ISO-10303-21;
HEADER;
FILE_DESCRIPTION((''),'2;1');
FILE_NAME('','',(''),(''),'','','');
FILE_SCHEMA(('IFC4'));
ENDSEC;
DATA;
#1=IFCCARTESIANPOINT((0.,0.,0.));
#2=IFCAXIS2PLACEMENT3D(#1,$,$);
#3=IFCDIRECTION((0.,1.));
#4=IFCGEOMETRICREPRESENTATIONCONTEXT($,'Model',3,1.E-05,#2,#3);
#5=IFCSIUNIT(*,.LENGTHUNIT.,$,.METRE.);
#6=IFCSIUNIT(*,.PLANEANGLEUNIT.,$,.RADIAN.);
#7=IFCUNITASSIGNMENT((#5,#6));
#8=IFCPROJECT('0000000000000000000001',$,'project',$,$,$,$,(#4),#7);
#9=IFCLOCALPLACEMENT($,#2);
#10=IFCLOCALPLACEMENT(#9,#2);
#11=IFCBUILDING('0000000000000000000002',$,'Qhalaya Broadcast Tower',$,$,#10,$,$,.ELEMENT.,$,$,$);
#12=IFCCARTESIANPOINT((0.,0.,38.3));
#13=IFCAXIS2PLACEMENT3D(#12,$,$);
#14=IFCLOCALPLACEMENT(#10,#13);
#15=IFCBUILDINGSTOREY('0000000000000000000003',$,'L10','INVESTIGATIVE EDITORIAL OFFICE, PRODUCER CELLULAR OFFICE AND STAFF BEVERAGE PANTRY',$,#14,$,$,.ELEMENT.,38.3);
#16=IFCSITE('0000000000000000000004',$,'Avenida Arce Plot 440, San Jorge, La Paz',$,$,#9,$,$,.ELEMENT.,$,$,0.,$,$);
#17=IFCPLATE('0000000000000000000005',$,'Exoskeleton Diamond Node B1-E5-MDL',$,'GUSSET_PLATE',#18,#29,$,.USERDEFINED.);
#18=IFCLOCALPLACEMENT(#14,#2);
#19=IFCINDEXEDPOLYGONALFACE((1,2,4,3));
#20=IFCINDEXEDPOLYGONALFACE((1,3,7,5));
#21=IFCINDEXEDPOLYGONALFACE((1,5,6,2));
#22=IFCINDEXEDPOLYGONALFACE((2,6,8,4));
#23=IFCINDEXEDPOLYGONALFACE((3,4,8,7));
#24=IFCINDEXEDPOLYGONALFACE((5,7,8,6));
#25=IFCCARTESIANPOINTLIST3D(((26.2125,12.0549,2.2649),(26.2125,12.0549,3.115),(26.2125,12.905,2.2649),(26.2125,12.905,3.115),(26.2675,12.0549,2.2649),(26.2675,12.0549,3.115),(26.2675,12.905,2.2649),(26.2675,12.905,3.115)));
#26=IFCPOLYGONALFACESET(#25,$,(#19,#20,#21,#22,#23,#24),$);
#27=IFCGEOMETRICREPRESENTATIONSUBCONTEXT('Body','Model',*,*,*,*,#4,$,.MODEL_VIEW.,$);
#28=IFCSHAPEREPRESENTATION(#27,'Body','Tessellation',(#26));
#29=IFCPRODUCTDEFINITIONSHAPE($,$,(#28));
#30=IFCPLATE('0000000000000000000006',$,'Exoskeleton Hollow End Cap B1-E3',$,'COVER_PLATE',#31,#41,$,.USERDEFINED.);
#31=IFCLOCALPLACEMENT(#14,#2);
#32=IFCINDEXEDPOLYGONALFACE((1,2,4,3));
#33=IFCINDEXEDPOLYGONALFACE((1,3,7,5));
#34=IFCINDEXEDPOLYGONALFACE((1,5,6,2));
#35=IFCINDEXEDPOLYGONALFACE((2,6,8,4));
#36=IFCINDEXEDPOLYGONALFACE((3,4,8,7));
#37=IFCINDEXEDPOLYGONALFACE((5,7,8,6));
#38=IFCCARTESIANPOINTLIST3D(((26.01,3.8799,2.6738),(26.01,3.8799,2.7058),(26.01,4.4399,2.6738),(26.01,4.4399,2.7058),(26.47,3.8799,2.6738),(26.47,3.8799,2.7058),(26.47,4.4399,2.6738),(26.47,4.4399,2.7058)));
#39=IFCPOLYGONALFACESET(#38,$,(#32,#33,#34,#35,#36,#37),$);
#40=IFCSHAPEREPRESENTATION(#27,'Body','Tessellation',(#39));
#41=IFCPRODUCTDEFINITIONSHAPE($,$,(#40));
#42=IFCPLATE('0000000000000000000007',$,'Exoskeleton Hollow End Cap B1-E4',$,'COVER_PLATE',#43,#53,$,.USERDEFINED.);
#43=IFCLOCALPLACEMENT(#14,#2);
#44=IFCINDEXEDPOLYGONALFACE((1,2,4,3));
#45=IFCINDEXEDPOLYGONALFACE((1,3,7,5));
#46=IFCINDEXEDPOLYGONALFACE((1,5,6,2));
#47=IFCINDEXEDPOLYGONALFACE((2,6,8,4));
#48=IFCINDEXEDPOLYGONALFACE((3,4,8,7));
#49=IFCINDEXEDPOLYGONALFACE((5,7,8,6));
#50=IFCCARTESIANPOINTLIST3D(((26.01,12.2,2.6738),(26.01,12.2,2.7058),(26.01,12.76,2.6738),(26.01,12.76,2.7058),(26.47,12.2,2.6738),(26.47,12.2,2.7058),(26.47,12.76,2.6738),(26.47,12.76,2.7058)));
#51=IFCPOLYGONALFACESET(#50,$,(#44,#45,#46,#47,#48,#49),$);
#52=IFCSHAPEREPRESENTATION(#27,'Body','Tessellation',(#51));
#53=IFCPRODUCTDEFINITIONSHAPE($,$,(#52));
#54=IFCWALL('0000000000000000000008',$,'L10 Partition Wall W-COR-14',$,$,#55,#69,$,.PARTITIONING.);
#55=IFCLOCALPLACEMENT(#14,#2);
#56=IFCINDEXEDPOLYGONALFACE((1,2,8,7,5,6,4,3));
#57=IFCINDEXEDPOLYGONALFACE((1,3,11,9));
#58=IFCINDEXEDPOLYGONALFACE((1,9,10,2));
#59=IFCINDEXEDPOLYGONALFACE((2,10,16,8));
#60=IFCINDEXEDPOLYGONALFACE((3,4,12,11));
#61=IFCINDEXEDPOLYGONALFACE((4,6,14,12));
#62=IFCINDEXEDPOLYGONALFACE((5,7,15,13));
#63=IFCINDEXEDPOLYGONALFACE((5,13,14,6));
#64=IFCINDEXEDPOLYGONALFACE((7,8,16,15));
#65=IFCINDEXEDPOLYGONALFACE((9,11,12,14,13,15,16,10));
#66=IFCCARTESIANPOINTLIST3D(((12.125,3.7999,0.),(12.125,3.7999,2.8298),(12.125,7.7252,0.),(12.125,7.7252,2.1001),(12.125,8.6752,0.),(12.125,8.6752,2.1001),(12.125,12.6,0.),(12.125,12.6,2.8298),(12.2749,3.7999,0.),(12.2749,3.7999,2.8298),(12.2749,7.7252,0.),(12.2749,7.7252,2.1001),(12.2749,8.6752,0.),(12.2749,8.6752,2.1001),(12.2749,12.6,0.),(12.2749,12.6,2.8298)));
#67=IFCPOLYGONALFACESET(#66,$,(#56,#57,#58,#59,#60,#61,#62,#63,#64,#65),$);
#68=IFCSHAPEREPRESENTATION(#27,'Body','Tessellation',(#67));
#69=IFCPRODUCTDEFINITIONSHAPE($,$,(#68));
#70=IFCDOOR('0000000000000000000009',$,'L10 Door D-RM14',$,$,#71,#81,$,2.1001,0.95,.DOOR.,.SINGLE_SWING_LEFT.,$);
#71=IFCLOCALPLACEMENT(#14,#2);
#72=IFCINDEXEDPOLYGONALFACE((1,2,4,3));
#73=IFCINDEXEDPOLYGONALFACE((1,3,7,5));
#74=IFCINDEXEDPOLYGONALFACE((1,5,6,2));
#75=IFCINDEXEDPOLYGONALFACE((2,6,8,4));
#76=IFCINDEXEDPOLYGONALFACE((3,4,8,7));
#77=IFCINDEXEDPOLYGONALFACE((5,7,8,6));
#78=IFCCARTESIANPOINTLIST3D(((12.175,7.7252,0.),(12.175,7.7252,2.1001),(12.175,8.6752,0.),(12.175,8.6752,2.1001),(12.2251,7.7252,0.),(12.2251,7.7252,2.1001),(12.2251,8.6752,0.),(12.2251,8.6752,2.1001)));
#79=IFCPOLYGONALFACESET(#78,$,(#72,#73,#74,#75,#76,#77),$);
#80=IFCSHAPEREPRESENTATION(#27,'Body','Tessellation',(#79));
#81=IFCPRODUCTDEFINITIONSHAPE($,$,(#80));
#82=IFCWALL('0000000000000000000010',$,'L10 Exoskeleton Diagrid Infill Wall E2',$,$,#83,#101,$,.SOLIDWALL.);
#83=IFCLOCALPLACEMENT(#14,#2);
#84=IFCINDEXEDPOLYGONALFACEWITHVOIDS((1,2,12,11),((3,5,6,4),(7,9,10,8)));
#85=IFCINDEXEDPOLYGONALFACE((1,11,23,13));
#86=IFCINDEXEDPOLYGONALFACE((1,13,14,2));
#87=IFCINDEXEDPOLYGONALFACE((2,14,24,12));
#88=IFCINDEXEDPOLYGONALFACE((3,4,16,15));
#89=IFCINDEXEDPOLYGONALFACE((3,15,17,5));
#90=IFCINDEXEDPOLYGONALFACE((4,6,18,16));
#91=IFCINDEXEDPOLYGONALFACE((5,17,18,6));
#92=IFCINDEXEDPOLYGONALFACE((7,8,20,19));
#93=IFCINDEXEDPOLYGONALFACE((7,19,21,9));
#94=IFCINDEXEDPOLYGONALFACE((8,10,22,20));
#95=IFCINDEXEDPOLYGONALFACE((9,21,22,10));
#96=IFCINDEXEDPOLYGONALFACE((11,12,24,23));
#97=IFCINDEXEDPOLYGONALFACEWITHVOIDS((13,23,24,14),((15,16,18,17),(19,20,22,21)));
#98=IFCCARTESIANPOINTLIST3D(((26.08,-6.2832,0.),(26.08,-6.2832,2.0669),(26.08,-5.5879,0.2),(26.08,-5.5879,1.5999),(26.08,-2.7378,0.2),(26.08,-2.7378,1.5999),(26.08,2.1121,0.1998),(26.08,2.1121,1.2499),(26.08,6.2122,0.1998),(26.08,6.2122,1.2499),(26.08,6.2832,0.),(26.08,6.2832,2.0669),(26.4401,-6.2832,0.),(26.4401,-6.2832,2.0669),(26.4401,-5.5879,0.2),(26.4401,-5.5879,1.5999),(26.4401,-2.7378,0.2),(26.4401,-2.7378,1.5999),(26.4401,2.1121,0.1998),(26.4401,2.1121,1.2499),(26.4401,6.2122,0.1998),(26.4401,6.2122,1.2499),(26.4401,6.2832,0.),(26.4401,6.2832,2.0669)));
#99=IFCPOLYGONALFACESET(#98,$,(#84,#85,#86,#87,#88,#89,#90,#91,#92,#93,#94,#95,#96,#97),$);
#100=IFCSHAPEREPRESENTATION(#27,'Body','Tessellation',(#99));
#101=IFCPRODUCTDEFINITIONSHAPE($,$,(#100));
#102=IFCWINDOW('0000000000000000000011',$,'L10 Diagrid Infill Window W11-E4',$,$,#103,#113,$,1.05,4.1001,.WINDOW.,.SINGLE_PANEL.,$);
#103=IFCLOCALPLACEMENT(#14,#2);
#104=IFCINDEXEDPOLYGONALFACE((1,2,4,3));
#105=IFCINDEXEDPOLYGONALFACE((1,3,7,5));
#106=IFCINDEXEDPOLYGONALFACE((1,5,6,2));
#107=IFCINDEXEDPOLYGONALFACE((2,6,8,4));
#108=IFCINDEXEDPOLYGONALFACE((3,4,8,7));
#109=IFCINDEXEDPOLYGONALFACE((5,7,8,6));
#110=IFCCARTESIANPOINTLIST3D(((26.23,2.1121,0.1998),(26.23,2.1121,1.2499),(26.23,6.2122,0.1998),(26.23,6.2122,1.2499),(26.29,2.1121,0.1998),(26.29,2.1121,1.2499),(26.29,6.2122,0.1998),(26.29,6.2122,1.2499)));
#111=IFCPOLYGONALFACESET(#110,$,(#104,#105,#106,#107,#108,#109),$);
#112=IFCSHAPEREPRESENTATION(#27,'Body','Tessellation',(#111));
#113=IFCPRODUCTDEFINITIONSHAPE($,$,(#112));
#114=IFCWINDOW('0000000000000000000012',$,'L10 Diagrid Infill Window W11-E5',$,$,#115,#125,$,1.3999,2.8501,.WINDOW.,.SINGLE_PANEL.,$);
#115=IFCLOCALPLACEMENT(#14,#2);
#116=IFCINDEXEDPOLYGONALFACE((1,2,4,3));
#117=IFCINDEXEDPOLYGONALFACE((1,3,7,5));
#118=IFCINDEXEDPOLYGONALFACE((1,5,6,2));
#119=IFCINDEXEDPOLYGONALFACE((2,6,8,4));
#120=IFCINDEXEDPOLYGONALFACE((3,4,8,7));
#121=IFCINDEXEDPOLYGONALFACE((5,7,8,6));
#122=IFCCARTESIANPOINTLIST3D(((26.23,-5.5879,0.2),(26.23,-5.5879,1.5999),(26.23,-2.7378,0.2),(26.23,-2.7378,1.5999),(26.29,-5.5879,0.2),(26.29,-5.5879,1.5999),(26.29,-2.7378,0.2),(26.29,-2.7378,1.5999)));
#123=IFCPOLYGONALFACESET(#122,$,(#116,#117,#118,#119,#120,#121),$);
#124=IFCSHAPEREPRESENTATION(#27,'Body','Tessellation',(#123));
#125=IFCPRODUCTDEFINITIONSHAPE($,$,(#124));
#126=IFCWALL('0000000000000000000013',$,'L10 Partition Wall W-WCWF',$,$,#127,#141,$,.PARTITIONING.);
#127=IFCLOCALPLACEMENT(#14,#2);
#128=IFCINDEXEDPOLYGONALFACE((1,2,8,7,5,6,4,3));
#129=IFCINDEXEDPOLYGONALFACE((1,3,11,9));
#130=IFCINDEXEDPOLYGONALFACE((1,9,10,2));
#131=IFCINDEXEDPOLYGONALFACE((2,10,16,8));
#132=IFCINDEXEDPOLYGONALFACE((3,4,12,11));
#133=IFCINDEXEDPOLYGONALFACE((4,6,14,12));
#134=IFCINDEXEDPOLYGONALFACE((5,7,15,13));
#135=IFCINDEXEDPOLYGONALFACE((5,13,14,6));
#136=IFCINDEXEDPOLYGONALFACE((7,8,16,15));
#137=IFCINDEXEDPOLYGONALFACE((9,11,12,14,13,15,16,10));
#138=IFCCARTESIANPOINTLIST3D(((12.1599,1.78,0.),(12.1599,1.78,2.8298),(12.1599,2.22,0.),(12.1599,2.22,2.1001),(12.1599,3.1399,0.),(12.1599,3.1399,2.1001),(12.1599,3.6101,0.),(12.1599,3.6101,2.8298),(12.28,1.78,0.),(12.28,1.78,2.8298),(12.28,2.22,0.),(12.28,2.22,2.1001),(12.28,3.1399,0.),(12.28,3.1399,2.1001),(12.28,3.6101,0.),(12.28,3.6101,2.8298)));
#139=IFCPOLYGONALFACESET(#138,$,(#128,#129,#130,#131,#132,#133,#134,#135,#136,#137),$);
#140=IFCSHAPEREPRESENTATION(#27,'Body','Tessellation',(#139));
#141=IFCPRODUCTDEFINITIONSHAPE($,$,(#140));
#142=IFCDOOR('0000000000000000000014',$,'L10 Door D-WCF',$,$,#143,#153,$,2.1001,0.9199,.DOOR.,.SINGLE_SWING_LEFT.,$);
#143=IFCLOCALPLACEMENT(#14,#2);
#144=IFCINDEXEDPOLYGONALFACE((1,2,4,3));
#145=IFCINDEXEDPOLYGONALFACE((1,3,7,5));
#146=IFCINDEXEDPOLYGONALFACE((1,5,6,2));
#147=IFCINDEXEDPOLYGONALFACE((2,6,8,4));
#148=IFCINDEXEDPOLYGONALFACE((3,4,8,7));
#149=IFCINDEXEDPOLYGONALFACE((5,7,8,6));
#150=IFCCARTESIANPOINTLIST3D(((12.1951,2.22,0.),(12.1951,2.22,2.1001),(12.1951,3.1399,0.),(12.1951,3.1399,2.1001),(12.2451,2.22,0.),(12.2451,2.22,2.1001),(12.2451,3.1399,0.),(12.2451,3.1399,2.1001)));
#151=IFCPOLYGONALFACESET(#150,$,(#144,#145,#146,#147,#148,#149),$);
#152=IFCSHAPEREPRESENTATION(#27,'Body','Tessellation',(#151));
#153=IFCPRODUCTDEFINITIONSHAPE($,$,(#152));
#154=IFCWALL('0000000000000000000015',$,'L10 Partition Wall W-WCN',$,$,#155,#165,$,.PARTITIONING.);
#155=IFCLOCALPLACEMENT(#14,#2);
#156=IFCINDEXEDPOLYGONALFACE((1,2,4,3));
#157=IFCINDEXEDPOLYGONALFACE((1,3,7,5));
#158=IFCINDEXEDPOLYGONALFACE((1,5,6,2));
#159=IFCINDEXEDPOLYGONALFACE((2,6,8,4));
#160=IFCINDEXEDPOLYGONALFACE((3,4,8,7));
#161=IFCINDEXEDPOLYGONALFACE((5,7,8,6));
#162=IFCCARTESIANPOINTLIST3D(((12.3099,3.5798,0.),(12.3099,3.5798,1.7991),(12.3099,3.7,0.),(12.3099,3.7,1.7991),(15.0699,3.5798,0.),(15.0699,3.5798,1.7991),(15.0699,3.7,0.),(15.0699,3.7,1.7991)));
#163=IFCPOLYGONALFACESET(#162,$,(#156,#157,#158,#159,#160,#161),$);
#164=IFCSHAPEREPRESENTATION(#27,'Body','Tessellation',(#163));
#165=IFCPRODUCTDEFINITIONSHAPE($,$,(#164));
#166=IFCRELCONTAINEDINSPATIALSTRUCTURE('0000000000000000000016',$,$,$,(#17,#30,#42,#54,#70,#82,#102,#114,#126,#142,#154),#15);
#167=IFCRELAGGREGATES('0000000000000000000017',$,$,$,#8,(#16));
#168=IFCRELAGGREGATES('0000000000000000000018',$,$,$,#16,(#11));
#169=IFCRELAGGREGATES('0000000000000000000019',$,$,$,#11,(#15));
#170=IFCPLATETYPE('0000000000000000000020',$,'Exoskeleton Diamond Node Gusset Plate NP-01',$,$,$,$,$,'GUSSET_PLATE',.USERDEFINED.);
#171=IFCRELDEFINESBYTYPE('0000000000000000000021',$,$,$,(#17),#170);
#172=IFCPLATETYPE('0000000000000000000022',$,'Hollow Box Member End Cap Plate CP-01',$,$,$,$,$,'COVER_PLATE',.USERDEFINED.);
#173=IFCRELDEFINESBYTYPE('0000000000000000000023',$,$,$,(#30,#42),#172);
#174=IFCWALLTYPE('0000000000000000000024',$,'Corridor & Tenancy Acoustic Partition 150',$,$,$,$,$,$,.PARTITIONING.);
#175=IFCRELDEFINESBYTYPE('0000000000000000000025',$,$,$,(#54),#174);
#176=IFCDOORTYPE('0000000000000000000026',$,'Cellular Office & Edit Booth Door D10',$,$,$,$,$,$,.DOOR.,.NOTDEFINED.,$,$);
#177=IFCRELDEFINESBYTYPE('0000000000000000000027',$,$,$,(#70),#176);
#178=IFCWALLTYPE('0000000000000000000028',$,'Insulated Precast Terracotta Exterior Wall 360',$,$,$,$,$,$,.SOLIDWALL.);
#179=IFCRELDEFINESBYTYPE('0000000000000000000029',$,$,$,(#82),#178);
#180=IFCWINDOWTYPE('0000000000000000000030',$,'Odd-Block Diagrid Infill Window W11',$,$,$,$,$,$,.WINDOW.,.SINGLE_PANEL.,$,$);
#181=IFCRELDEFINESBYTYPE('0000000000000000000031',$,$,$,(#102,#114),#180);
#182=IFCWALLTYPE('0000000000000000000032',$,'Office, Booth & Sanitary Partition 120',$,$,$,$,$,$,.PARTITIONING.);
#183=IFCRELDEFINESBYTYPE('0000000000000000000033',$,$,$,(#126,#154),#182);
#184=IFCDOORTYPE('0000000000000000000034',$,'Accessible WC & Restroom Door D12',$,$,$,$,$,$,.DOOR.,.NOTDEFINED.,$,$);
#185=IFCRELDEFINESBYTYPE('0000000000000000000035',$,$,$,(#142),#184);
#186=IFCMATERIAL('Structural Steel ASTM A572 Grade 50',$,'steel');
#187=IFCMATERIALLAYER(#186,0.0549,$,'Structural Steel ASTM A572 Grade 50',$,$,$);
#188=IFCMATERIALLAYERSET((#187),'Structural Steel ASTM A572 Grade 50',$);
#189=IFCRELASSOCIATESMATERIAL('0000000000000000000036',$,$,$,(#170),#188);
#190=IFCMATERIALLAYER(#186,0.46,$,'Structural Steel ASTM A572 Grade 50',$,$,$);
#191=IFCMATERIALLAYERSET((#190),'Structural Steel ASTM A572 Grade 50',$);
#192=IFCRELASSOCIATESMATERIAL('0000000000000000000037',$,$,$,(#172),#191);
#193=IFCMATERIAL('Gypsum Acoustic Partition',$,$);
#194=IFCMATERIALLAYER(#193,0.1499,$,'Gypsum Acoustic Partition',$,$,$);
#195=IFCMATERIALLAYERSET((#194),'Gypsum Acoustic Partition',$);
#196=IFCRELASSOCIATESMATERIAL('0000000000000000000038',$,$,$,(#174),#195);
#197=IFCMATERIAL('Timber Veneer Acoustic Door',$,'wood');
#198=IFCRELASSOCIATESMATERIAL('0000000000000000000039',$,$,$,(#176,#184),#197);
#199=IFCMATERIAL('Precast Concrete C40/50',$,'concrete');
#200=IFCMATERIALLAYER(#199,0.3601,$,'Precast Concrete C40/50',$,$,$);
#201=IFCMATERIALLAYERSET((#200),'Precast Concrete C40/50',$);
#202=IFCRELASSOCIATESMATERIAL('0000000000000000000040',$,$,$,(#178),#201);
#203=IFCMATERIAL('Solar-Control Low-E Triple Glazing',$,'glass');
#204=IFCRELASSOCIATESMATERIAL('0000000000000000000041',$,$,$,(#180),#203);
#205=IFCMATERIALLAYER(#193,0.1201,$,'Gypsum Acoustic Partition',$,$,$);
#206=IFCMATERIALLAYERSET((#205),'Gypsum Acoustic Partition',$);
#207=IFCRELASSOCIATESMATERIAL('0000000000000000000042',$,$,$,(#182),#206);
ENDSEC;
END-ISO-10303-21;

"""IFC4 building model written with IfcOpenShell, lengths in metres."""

from ifc_helpers import new_model, si_unit, direction, frame, frame_2d, origin, origin_2d, place, context, subcontext, project, spatial, rectangle, extrude, material, layer, layer_set, type_object, element, fill, save


model = new_model("IFC4")

# Units and contexts
model_context = context("Model", 3, precision=1e-05, world=origin(), true_north=direction((0.0, 1.0)))
body_context = subcontext(model_context, "Body", "Model", "MODEL_VIEW")
ifc_project = project(units=[si_unit("LENGTHUNIT", "METRE"), si_unit("PLANEANGLEUNIT", "RADIAN")], contexts=[model_context])

# Site, building, storey
site_placement = place(None, origin())
site = spatial("IfcSite", under=ifc_project, at=site_placement, Name="Avenida Arce Plot 440, San Jorge, La Paz", CompositionType="ELEMENT", RefElevation=0.0)
building_placement = place(site_placement, origin())
building = spatial("IfcBuilding", under=site, at=building_placement, Name="Qhalaya Broadcast Tower", CompositionType="ELEMENT")
storey_placement = place(building_placement, frame((0.0, 0.0, 38.3)))
storey = spatial("IfcBuildingStorey", under=building, at=storey_placement, Name="L10", Description="INVESTIGATIVE EDITORIAL OFFICE, PRODUCER CELLULAR OFFICE AND STAFF BEVERAGE PANTRY", CompositionType="ELEMENT", Elevation=38.3)

# Shared definitions
ifc_material_1 = material(Name="Structural Steel ASTM A572 Grade 50", Category="steel")

# Plates
ifc_layer_1 = layer(ifc_material_1, 0.0549, Name="Structural Steel ASTM A572 Grade 50")
ifc_layer_set_1 = layer_set([ifc_layer_1], Name="Structural Steel ASTM A572 Grade 50")
plate_type_1 = type_object("IfcPlateType", Name="Exoskeleton Diamond Node Gusset Plate NP-01", ElementType="GUSSET_PLATE", PredefinedType="USERDEFINED", material=ifc_layer_set_1)
for number, where, z_axis, x_axis, name in (
    (1, (26.24, 12.48, 2.2649), (0.0, 0.0, 1.0), (0.0, 1.0, 0.0), "Exoskeleton Diamond Node B1-E5-MDL"),
):
    element("IfcPlate", number, at=place(storey_placement, frame(where, z_axis=z_axis, x_axis=x_axis)), inside=storey, type_object=plate_type_1, Name=name, ObjectType="GUSSET_PLATE", PredefinedType="USERDEFINED", context=body_context, shape_type="SweptSolid", body=[
        extrude(rectangle(XDim=0.8501, YDim=0.0549, at=origin_2d()), origin(), (0.0, 0.0, 1.0), 0.8501),
    ])
ifc_layer_2 = layer(ifc_material_1, 0.46, Name="Structural Steel ASTM A572 Grade 50")
ifc_layer_set_2 = layer_set([ifc_layer_2], Name="Structural Steel ASTM A572 Grade 50")
plate_type_2 = type_object("IfcPlateType", Name="Hollow Box Member End Cap Plate CP-01", ElementType="COVER_PLATE", PredefinedType="USERDEFINED", material=ifc_layer_set_2)
for number, where, z_axis, x_axis, name in (
    (2, (26.24, 4.1599, 2.6738), (0.0, 0.0, 1.0), (0.0, 1.0, 0.0), "Exoskeleton Hollow End Cap B1-E3"),
    (3, (26.24, 12.48, 2.6738), (0.0, 0.0, 1.0), (0.0, 1.0, 0.0), "Exoskeleton Hollow End Cap B1-E4"),
):
    element("IfcPlate", number, at=place(storey_placement, frame(where, z_axis=z_axis, x_axis=x_axis)), inside=storey, type_object=plate_type_2, Name=name, ObjectType="COVER_PLATE", PredefinedType="USERDEFINED", context=body_context, shape_type="SweptSolid", body=[
        extrude(rectangle(XDim=0.5601, YDim=0.46, at=origin_2d()), origin(), (0.0, 0.0, 1.0), 0.032),
    ])

# Wall, opening, door
ifc_material_2 = material(Name="Gypsum Acoustic Partition")
ifc_layer_3 = layer(ifc_material_2, 0.1499, Name="Gypsum Acoustic Partition")
ifc_layer_set_3 = layer_set([ifc_layer_3], Name="Gypsum Acoustic Partition")
wall_type_1 = type_object("IfcWallType", Name="Corridor & Tenancy Acoustic Partition 150", PredefinedType="PARTITIONING", material=ifc_layer_set_3)
wall_1_placement = place(storey_placement, frame((12.2, 3.8, 0.0), z_axis=(0.0, 0.0, 1.0), x_axis=(0.0, 1.0, 0.0)))
wall_1 = element("IfcWall", 4, at=wall_1_placement, inside=storey, type_object=wall_type_1, Name="L10 Partition Wall W-COR-14", PredefinedType="PARTITIONING", context=body_context, shape_type="SweptSolid", body=[
    extrude(rectangle(XDim=8.8, YDim=0.1499, at=frame_2d((4.3999, 0.0))), origin(), (0.0, 0.0, 1.0), 2.8298),
])
opening_1_placement = place(wall_1_placement, frame((3.925, 0.0, 0.0)))
opening_1 = element("IfcOpeningElement", 5, at=opening_1_placement, cuts=wall_1, PredefinedType="OPENING", context=body_context, shape_type="SweptSolid", body=[
    extrude(rectangle(XDim=0.95, YDim=2.1001, at=frame_2d((0.4751, 1.05))), frame((0.0, 0.0869, 0.0), z_axis=(0.0, -1.0, 0.0), x_axis=(1.0, 0.0, 0.0)), (0.0, 0.0, 1.0), 0.1738),
])
ifc_material_3 = material(Name="Timber Veneer Acoustic Door", Category="wood")
door_type_1 = type_object("IfcDoorType", Name="Cellular Office & Edit Booth Door D10", OperationType="NOTDEFINED", PredefinedType="DOOR", material=ifc_material_3)
door_1_placement = place(opening_1_placement, origin())
door_1 = element("IfcDoor", 6, at=door_1_placement, inside=storey, type_object=door_type_1, Name="L10 Door D-RM14", OperationType="SINGLE_SWING_LEFT", OverallHeight=2.1001, OverallWidth=0.95, PredefinedType="DOOR", context=body_context, shape_type="SweptSolid", body=[
    extrude(rectangle(XDim=0.95, YDim=2.1001, at=frame_2d((0.4751, 1.05))), frame((0.0, 0.0249, 0.0), z_axis=(0.0, -1.0, 0.0), x_axis=(1.0, 0.0, 0.0)), (0.0, 0.0, 1.0), 0.05),
])
fill(opening_1, door_1)

# Wall, openings, windows
ifc_material_4 = material(Name="Precast Concrete C40/50", Category="concrete")
ifc_layer_4 = layer(ifc_material_4, 0.3601, Name="Precast Concrete C40/50")
ifc_layer_set_4 = layer_set([ifc_layer_4], Name="Precast Concrete C40/50")
wall_type_2 = type_object("IfcWallType", Name="Insulated Precast Terracotta Exterior Wall 360", PredefinedType="SOLIDWALL", material=ifc_layer_set_4)
wall_2_placement = place(storey_placement, frame((26.26, 6.2832, 0.0), z_axis=(0.0, 0.0, 1.0), x_axis=(0.0, -1.0, 0.0)))
wall_2 = element("IfcWall", 7, at=wall_2_placement, inside=storey, type_object=wall_type_2, Name="L10 Exoskeleton Diagrid Infill Wall E2", PredefinedType="SOLIDWALL", context=body_context, shape_type="SweptSolid", body=[
    extrude(rectangle(XDim=12.5664, YDim=0.3601, at=frame_2d((6.2832, 0.0))), origin(), (0.0, 0.0, 1.0), 2.0669),
])
opening_2_placement = place(wall_2_placement, frame((0.071, 0.0, 0.2)))
opening_2 = element("IfcOpeningElement", 8, at=opening_2_placement, cuts=wall_2, PredefinedType="OPENING", context=body_context, shape_type="SweptSolid", body=[
    extrude(rectangle(XDim=4.1001, YDim=1.05, at=frame_2d((2.05, 0.5249))), frame((0.0, 0.1921, 0.0), z_axis=(0.0, -1.0, 0.0), x_axis=(1.0, 0.0, 0.0)), (0.0, 0.0, 1.0), 0.384),
])
opening_3_placement = place(wall_2_placement, frame((9.021, 0.0, 0.2)))
opening_3 = element("IfcOpeningElement", 9, at=opening_3_placement, cuts=wall_2, PredefinedType="OPENING", context=body_context, shape_type="SweptSolid", body=[
    extrude(rectangle(XDim=2.8501, YDim=1.3999, at=frame_2d((1.425, 0.7))), frame((0.0, 0.1921, 0.0), z_axis=(0.0, -1.0, 0.0), x_axis=(1.0, 0.0, 0.0)), (0.0, 0.0, 1.0), 0.384),
])
ifc_material_5 = material(Name="Solar-Control Low-E Triple Glazing", Category="glass")
window_type = type_object("IfcWindowType", Name="Odd-Block Diagrid Infill Window W11", PartitioningType="SINGLE_PANEL", PredefinedType="WINDOW", material=ifc_material_5)
window_1_placement = place(opening_2_placement, origin())
window_1 = element("IfcWindow", 10, at=window_1_placement, inside=storey, type_object=window_type, Name="L10 Diagrid Infill Window W11-E4", OverallHeight=1.05, OverallWidth=4.1001, PartitioningType="SINGLE_PANEL", PredefinedType="WINDOW", context=body_context, shape_type="SweptSolid", body=[
    extrude(rectangle(XDim=4.1001, YDim=1.05, at=frame_2d((2.05, 0.5249))), frame((0.0, 0.03, 0.0), z_axis=(0.0, -1.0, 0.0), x_axis=(1.0, 0.0, 0.0)), (0.0, 0.0, 1.0), 0.0601),
])
fill(opening_2, window_1)
window_2_placement = place(opening_3_placement, origin())
window_2 = element("IfcWindow", 11, at=window_2_placement, inside=storey, type_object=window_type, Name="L10 Diagrid Infill Window W11-E5", OverallHeight=1.3999, OverallWidth=2.8501, PartitioningType="SINGLE_PANEL", PredefinedType="WINDOW", context=body_context, shape_type="SweptSolid", body=[
    extrude(rectangle(XDim=2.8501, YDim=1.3999, at=frame_2d((1.425, 0.7))), frame((0.0, 0.03, 0.0), z_axis=(0.0, -1.0, 0.0), x_axis=(1.0, 0.0, 0.0)), (0.0, 0.0, 1.0), 0.0601),
])
fill(opening_3, window_2)

# Wall, opening, door
ifc_layer_5 = layer(ifc_material_2, 0.1201, Name="Gypsum Acoustic Partition")
ifc_layer_set_5 = layer_set([ifc_layer_5], Name="Gypsum Acoustic Partition")
wall_type_3 = type_object("IfcWallType", Name="Office, Booth & Sanitary Partition 120", PredefinedType="PARTITIONING", material=ifc_layer_set_5)
wall_3_placement = place(storey_placement, frame((12.22, 1.78, 0.0), z_axis=(0.0, 0.0, 1.0), x_axis=(0.0, 1.0, 0.0)))
wall_3 = element("IfcWall", 12, at=wall_3_placement, inside=storey, type_object=wall_type_3, Name="L10 Partition Wall W-WCWF", PredefinedType="PARTITIONING", context=body_context, shape_type="SweptSolid", body=[
    extrude(rectangle(XDim=1.8301, YDim=0.1201, at=frame_2d((0.915, 0.0))), origin(), (0.0, 0.0, 1.0), 2.8298),
])
opening_4_placement = place(wall_3_placement, frame((0.4399, 0.0, 0.0)))
opening_4 = element("IfcOpeningElement", 13, at=opening_4_placement, cuts=wall_3, PredefinedType="OPENING", context=body_context, shape_type="SweptSolid", body=[
    extrude(rectangle(XDim=0.9199, YDim=2.1001, at=frame_2d((0.46, 1.05))), frame((0.0, 0.072, 0.0), z_axis=(0.0, -1.0, 0.0), x_axis=(1.0, 0.0, 0.0)), (0.0, 0.0, 1.0), 0.144),
])
door_type_2 = type_object("IfcDoorType", Name="Accessible WC & Restroom Door D12", OperationType="NOTDEFINED", PredefinedType="DOOR", material=ifc_material_3)
door_2_placement = place(opening_4_placement, origin())
door_2 = element("IfcDoor", 14, at=door_2_placement, inside=storey, type_object=door_type_2, Name="L10 Door D-WCF", OperationType="SINGLE_SWING_LEFT", OverallHeight=2.1001, OverallWidth=0.9199, PredefinedType="DOOR", context=body_context, shape_type="SweptSolid", body=[
    extrude(rectangle(XDim=0.9199, YDim=2.1001, at=frame_2d((0.46, 1.05))), frame((0.0, 0.0249, 0.0), z_axis=(0.0, -1.0, 0.0), x_axis=(1.0, 0.0, 0.0)), (0.0, 0.0, 1.0), 0.05),
])
fill(opening_4, door_2)

# Wall
wall_4_placement = place(storey_placement, frame((12.3101, 3.6399, 0.0), z_axis=(0.0, 0.0, 1.0), x_axis=(1.0, 0.0, 0.0)))
element("IfcWall", 15, at=wall_4_placement, inside=storey, type_object=wall_type_3, Name="L10 Partition Wall W-WCN", PredefinedType="PARTITIONING", context=body_context, shape_type="SweptSolid", body=[
    extrude(rectangle(XDim=2.76, YDim=0.1201, at=frame_2d((1.3799, 0.0))), origin(), (0.0, 0.0, 1.0), 1.7991),
])

save(model, "model.ifc")
